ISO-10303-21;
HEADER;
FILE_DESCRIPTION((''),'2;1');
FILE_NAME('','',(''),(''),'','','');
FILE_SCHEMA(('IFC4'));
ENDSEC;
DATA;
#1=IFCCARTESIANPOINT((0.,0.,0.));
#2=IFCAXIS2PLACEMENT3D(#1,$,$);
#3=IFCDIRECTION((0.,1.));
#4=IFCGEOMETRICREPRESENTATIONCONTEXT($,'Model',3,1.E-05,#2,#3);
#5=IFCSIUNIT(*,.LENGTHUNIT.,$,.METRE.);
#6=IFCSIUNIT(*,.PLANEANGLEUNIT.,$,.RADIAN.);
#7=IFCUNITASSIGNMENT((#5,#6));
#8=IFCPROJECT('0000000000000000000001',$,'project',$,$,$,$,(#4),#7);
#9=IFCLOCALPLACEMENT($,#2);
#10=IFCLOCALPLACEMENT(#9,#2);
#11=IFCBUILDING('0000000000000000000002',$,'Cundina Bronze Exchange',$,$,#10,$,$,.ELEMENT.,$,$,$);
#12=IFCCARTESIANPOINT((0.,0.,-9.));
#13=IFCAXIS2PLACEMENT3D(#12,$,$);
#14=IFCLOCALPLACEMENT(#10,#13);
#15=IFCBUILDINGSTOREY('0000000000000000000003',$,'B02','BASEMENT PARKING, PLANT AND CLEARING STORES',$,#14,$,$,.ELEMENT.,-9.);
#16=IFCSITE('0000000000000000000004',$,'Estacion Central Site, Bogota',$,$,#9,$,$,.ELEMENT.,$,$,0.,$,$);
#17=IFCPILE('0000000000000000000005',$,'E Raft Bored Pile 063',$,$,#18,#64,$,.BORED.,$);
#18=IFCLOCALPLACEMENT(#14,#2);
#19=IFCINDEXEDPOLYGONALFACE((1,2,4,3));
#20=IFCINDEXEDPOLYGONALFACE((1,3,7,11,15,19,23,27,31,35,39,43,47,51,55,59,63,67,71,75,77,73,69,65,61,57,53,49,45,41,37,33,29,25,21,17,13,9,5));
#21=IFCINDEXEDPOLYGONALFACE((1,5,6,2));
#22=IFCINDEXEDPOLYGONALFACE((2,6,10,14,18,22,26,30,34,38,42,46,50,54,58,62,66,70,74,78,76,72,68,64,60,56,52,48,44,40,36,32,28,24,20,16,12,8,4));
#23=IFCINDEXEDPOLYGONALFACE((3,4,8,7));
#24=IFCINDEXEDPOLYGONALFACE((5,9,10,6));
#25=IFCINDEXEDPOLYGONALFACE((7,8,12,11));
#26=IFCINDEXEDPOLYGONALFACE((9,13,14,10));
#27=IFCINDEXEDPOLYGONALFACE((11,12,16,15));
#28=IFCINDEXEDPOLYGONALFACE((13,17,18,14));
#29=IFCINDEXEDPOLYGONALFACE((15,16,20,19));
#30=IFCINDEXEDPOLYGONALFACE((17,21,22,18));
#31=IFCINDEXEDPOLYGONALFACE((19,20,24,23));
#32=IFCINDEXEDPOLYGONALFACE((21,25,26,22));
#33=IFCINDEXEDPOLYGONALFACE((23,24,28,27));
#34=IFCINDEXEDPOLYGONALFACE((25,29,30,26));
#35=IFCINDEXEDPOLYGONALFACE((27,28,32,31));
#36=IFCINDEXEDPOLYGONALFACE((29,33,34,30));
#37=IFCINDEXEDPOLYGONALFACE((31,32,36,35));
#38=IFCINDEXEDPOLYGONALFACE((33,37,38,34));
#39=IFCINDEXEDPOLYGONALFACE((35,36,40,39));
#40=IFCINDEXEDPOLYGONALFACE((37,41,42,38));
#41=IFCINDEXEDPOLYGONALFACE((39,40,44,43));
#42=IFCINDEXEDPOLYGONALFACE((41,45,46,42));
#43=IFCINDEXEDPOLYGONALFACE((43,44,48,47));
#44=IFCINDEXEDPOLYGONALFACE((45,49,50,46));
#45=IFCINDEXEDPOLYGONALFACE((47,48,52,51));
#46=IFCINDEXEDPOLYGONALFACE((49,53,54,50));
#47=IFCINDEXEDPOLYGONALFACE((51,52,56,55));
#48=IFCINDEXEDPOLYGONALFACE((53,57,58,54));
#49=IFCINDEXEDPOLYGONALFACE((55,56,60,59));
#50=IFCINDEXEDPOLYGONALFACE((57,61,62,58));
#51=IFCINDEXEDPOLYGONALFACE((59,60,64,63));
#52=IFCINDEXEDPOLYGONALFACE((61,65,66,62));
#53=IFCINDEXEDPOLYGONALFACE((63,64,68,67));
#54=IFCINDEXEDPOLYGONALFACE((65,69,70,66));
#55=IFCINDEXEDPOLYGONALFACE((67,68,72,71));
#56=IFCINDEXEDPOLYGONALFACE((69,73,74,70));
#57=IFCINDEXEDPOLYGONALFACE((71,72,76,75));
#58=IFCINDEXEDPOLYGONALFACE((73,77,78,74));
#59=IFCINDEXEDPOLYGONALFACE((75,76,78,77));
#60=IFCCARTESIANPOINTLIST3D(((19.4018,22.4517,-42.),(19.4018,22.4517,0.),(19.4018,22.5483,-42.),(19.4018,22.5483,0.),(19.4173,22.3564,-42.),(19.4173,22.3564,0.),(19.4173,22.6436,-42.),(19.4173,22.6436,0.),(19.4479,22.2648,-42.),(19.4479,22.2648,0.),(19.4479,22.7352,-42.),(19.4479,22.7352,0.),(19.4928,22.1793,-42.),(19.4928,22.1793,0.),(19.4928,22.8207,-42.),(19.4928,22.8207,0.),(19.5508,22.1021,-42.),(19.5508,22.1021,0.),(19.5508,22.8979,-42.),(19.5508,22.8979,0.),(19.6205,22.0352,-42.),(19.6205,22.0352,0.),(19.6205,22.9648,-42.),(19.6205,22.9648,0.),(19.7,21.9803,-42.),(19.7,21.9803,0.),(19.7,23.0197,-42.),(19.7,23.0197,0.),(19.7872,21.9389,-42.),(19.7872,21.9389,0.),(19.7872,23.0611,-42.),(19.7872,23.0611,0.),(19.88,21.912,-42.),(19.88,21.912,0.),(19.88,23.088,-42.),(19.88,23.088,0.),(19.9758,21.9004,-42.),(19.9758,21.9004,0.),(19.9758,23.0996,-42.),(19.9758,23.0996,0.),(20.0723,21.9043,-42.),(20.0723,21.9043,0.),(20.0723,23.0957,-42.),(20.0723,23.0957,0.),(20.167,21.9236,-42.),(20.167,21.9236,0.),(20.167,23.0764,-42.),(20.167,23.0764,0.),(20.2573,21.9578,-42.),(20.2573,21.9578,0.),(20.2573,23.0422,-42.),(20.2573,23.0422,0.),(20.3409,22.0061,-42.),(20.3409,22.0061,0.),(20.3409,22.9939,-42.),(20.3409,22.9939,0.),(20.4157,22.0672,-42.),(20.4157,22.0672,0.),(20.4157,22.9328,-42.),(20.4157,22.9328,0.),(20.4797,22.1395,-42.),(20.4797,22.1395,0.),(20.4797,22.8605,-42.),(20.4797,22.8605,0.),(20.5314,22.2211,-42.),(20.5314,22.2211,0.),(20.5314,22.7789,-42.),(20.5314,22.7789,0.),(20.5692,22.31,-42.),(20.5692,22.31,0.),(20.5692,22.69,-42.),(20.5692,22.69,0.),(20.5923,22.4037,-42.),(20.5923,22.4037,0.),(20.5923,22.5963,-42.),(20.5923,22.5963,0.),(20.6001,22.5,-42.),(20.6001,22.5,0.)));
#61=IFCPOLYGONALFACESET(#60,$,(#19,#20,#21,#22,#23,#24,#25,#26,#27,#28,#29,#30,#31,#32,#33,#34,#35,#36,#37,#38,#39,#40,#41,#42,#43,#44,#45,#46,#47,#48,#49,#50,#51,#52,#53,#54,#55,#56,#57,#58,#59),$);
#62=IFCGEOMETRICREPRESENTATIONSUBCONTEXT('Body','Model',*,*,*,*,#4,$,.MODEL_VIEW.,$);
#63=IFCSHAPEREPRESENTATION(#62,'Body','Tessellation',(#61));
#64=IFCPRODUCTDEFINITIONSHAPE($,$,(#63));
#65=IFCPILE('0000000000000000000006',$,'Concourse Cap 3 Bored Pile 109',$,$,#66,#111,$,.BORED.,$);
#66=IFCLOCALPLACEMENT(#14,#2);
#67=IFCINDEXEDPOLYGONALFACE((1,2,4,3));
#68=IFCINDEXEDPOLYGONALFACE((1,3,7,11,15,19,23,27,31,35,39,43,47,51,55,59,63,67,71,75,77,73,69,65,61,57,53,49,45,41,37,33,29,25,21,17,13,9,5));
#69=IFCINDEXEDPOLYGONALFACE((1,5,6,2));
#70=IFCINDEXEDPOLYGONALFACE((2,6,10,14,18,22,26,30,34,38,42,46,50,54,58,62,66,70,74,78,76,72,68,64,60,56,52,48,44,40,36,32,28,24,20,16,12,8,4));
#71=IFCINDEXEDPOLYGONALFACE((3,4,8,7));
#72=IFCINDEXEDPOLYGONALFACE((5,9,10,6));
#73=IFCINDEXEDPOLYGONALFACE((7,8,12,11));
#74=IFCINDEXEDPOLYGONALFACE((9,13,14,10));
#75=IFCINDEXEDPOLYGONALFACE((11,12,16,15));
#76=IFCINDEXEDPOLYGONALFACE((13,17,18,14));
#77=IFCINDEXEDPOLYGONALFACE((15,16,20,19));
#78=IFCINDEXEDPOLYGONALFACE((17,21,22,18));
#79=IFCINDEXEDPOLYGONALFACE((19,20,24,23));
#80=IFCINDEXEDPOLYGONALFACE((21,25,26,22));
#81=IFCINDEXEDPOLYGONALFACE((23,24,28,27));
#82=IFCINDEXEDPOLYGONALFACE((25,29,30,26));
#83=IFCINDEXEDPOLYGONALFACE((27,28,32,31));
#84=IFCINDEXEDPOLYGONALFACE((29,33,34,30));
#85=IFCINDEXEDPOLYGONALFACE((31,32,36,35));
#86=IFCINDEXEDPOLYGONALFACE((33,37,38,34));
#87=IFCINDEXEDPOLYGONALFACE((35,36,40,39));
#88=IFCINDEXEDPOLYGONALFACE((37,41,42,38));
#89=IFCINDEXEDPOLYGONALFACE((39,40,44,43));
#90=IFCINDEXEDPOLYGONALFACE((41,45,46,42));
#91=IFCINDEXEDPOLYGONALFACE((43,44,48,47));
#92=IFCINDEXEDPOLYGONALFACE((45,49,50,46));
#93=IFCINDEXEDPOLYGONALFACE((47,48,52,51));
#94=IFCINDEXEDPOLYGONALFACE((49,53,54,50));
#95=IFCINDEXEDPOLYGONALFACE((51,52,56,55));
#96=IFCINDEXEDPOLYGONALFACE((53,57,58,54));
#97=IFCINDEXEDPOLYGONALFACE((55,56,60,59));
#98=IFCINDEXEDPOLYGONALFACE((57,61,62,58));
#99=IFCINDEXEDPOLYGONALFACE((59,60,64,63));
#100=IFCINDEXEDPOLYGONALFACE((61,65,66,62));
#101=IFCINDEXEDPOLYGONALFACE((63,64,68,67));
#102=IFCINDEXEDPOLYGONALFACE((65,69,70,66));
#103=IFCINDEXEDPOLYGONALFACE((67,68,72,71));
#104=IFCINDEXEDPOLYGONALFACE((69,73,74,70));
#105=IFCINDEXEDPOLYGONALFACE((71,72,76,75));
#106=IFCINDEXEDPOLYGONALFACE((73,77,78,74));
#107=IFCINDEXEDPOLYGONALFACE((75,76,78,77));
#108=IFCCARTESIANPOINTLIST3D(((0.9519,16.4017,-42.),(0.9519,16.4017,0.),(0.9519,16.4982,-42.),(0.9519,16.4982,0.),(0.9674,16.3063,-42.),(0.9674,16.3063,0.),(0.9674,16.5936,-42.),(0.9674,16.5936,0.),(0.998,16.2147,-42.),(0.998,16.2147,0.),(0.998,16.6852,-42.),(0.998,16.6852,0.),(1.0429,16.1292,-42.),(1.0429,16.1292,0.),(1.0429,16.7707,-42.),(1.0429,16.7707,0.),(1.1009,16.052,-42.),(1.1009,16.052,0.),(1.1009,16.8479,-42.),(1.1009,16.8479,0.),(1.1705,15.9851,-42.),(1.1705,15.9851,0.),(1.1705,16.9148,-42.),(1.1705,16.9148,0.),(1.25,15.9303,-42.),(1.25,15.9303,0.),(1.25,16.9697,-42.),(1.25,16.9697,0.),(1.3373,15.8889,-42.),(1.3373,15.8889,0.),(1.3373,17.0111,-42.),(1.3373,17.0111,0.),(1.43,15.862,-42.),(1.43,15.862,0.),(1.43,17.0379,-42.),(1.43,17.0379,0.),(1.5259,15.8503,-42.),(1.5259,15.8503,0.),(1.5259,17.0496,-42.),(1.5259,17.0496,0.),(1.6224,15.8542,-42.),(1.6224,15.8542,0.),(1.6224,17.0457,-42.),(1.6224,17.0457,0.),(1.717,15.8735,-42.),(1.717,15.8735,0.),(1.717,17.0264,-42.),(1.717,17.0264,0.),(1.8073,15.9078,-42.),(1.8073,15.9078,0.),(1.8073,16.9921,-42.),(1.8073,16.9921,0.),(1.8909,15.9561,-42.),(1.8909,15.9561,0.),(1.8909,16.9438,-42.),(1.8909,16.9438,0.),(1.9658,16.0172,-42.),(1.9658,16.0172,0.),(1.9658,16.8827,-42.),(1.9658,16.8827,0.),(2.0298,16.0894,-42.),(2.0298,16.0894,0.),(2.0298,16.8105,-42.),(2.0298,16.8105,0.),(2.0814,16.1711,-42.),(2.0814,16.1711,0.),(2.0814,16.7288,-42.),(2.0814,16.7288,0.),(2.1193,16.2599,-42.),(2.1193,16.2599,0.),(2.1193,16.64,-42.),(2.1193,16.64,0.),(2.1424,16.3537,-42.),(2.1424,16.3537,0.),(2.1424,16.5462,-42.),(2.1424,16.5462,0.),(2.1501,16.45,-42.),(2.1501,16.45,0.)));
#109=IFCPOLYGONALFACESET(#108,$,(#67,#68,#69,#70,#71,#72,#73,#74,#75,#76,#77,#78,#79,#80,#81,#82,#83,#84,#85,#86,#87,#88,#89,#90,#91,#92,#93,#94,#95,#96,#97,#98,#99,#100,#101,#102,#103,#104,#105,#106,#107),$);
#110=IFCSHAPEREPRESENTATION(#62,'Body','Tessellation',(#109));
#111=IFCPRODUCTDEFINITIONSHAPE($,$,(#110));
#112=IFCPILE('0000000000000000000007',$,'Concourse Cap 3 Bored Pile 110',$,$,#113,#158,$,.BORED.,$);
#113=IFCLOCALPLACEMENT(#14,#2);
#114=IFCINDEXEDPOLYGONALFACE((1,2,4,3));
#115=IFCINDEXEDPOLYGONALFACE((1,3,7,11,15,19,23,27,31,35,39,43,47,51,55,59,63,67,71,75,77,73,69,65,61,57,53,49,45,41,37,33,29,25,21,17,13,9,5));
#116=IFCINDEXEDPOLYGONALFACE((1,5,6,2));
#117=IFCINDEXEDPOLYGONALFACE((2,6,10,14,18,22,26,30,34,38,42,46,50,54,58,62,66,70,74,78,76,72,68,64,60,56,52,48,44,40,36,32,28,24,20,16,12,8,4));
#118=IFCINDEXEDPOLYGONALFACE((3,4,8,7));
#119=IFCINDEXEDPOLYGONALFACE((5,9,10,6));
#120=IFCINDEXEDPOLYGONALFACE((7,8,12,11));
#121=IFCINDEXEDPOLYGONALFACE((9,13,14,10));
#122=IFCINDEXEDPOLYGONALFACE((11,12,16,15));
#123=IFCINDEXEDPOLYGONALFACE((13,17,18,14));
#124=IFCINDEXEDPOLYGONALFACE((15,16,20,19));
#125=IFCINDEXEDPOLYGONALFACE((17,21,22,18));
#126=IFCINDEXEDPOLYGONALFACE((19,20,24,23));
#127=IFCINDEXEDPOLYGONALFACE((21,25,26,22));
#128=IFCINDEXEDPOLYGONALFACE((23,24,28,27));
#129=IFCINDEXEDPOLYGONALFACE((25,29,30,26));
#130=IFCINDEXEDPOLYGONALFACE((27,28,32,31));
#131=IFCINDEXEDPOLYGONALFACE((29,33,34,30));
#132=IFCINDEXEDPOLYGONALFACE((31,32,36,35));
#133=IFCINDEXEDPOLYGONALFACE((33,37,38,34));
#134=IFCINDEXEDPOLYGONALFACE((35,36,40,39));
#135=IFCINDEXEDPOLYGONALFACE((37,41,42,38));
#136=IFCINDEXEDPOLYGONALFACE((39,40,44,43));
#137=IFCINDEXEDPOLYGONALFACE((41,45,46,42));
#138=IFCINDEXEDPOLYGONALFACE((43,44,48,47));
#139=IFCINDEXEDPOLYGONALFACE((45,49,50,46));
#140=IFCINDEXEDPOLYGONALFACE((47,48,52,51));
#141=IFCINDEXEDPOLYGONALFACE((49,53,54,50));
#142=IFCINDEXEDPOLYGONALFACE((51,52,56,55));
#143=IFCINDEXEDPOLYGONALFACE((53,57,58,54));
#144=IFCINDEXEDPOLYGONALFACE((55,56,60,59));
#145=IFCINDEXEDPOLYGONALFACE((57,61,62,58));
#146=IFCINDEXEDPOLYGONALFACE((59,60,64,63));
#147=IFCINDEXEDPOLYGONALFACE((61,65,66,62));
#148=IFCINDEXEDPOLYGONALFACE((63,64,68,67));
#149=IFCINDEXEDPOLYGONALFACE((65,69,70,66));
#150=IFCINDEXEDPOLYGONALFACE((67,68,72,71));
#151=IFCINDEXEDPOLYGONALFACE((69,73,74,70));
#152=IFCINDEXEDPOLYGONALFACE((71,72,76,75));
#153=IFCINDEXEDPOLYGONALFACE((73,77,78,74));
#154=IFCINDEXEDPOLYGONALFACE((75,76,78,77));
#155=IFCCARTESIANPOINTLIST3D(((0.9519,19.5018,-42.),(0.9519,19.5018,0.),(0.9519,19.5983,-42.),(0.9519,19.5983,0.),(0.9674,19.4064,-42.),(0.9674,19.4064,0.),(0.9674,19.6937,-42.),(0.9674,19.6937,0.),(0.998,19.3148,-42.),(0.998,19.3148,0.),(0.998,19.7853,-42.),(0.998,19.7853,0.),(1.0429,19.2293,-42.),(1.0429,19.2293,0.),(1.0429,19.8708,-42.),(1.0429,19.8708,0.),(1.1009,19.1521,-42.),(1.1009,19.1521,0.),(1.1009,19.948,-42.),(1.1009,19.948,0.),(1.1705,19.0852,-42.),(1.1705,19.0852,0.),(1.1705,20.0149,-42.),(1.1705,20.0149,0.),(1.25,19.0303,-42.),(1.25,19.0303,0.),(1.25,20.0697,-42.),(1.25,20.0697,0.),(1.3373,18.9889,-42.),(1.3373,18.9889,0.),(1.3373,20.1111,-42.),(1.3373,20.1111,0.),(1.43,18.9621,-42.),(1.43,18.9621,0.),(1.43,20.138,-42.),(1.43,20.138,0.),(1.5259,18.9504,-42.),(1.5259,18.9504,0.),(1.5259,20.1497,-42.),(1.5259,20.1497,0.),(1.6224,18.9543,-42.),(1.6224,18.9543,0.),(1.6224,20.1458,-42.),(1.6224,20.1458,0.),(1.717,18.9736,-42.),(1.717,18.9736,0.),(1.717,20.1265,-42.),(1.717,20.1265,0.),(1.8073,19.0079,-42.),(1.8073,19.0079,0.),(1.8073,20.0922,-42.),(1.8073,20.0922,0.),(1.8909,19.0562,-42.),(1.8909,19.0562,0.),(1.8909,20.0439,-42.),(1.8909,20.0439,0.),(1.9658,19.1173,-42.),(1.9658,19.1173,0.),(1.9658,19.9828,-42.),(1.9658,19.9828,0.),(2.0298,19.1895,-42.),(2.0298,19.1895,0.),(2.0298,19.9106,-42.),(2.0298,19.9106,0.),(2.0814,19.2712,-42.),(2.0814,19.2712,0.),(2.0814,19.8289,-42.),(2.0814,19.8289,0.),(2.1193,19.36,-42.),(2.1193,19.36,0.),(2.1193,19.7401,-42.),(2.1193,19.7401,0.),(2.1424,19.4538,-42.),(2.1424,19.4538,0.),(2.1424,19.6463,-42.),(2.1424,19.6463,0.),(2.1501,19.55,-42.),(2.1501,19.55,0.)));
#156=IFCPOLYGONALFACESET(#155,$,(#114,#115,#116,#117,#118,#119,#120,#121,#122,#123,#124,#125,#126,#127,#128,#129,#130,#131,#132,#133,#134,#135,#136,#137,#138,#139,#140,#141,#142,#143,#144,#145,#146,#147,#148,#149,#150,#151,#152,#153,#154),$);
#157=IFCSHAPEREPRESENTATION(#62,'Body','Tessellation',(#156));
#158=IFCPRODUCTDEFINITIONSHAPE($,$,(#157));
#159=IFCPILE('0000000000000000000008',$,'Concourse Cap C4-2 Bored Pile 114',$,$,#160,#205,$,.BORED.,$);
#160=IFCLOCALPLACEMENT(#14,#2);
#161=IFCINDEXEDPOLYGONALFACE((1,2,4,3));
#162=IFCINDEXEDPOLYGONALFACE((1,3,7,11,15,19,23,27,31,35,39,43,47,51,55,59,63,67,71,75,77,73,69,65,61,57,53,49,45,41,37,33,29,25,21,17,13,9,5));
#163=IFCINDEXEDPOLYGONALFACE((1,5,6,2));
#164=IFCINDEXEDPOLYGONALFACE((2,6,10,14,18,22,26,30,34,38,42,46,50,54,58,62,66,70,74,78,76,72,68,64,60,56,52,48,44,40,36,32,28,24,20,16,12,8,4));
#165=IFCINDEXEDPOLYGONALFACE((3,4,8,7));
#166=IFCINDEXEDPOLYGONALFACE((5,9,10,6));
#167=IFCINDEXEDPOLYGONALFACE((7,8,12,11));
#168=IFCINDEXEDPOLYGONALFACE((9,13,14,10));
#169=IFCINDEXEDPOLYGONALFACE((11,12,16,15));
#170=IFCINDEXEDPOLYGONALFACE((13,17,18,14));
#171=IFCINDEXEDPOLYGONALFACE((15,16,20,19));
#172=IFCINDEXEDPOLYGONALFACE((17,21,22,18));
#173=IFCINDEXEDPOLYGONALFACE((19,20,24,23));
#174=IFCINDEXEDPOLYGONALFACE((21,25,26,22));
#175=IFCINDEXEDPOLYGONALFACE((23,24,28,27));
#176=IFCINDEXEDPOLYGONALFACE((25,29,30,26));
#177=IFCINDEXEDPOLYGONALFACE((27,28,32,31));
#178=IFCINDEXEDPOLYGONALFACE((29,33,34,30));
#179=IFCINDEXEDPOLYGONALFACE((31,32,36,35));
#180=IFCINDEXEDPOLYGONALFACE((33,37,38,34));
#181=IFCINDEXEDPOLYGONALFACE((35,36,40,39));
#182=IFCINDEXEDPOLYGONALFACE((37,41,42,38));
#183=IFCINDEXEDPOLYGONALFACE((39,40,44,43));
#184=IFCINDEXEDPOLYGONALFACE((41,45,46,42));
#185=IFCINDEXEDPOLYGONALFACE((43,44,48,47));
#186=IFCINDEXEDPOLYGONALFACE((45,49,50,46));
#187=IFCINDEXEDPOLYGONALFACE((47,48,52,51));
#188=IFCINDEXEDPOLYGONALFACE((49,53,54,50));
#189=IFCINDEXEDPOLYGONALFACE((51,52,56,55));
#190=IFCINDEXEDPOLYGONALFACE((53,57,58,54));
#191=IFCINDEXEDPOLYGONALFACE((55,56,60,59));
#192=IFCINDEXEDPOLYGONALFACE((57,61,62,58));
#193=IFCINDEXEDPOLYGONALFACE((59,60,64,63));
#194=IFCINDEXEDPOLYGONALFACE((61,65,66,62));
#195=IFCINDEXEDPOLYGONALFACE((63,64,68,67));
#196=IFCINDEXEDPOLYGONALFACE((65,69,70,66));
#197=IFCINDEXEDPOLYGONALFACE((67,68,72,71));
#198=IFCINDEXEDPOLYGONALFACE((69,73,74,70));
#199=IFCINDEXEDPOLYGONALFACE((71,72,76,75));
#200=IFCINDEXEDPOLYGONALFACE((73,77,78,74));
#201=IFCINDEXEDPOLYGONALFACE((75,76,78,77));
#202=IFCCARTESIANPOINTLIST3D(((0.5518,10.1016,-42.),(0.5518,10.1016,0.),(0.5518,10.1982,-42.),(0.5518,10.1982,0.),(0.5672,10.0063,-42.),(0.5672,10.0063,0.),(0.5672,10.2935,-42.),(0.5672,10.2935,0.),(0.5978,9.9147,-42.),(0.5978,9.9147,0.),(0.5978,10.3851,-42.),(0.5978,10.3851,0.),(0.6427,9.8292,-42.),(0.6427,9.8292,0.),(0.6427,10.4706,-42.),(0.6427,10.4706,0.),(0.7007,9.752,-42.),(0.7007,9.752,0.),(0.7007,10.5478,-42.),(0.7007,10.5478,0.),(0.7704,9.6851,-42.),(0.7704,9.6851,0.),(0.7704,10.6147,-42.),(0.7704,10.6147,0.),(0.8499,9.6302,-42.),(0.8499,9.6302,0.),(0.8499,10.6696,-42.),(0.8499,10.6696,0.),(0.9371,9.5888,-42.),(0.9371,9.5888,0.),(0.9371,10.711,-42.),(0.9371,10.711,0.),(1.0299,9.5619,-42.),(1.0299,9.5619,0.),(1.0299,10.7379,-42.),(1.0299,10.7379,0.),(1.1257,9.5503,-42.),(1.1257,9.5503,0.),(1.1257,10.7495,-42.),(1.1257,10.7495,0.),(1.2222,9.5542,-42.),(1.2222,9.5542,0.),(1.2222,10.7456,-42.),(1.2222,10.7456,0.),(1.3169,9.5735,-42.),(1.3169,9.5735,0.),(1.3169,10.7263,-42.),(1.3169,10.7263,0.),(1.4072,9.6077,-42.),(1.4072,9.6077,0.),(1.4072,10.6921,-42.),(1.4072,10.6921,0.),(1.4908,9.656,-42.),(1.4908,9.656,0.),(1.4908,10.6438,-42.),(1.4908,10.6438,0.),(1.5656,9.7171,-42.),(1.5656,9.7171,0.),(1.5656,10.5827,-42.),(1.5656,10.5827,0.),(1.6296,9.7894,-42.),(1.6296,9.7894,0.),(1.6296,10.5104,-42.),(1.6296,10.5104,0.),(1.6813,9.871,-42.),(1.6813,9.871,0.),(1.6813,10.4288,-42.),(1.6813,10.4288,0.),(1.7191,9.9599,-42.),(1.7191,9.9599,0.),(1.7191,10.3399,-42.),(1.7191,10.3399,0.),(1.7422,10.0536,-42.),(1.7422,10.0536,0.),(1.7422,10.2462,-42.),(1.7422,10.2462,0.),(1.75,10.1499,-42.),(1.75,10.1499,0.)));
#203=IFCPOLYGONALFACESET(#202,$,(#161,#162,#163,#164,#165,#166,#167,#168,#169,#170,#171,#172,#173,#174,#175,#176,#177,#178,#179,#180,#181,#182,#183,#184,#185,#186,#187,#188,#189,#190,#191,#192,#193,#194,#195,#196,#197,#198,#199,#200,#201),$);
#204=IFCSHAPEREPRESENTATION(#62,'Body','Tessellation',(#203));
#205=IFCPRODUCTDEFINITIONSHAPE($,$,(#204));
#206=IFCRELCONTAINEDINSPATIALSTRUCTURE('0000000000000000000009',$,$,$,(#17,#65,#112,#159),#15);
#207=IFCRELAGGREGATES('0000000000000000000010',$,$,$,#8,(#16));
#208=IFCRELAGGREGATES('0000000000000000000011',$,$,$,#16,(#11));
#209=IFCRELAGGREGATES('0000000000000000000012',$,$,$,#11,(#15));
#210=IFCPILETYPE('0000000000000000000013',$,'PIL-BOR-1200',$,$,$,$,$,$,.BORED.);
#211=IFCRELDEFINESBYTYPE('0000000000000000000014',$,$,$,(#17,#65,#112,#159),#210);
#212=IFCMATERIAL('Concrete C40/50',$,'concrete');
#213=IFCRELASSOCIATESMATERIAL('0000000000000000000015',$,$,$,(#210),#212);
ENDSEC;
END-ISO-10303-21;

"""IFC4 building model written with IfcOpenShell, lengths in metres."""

from ifc_helpers import new_model, si_unit, direction, frame, origin, origin_2d, place, context, subcontext, project, spatial, circle, extrude, material, material_profile, profile_set, type_object, element, save


model = new_model("IFC4")

# Units and contexts
model_context = context("Model", 3, precision=1e-05, world=origin(), true_north=direction((0.0, 1.0)))
body_context = subcontext(model_context, "Body", "Model", "MODEL_VIEW")
ifc_project = project(units=[si_unit("LENGTHUNIT", "METRE"), si_unit("PLANEANGLEUNIT", "RADIAN")], contexts=[model_context])

# Site, building, storey
site_placement = place(None, origin())
site = spatial("IfcSite", under=ifc_project, at=site_placement, Name="Estacion Central Site, Bogota", CompositionType="ELEMENT", RefElevation=0.0)
building_placement = place(site_placement, origin())
building = spatial("IfcBuilding", under=site, at=building_placement, Name="Cundina Bronze Exchange", CompositionType="ELEMENT")
storey_placement = place(building_placement, frame((0.0, 0.0, -9.0)))
storey = spatial("IfcBuildingStorey", under=building, at=storey_placement, Name="B02", Description="BASEMENT PARKING, PLANT AND CLEARING STORES", CompositionType="ELEMENT", Elevation=-9.0)

# Shared definitions
ifc_material_1 = material(Name="Concrete C40/50", Category="concrete")

# Piles
ifc_material_profile_1 = material_profile(ifc_material_1, circle(Radius=0.6001, at=origin_2d()), Name="PILE1200D", Category="concrete")
ifc_profile_set_1 = profile_set([ifc_material_profile_1], Name="Concrete C40/50")
pile_type_1 = type_object("IfcPileType", Name="PIL-BOR-1200", PredefinedType="BORED", material=ifc_profile_set_1)
for number, where, z_axis, x_axis, name in (
    (1, (20.0, 22.5, 0.0), (0.0, 0.0, -1.0), (1.0, 0.0, 0.0), "E Raft Bored Pile 063"),
    (2, (1.55, 16.45, 0.0), (0.0, 0.0, -1.0), (1.0, 0.0, 0.0), "Concourse Cap 3 Bored Pile 109"),
    (3, (1.55, 19.55, 0.0), (0.0, 0.0, -1.0), (1.0, 0.0, 0.0), "Concourse Cap 3 Bored Pile 110"),
    (4, (1.1499, 10.1499, 0.0), (0.0, 0.0, -1.0), (1.0, 0.0, 0.0), "Concourse Cap C4-2 Bored Pile 114"),
):
    element("IfcPile", number, at=place(storey_placement, frame(where, z_axis=z_axis, x_axis=x_axis)), inside=storey, type_object=pile_type_1, Name=name, PredefinedType="BORED", context=body_context, shape_type="SweptSolid", body=[
        extrude(circle(Radius=0.6001, at=origin_2d()), origin(), (0.0, 0.0, 1.0), 42.0),
    ])

save(model, "model.ifc")
